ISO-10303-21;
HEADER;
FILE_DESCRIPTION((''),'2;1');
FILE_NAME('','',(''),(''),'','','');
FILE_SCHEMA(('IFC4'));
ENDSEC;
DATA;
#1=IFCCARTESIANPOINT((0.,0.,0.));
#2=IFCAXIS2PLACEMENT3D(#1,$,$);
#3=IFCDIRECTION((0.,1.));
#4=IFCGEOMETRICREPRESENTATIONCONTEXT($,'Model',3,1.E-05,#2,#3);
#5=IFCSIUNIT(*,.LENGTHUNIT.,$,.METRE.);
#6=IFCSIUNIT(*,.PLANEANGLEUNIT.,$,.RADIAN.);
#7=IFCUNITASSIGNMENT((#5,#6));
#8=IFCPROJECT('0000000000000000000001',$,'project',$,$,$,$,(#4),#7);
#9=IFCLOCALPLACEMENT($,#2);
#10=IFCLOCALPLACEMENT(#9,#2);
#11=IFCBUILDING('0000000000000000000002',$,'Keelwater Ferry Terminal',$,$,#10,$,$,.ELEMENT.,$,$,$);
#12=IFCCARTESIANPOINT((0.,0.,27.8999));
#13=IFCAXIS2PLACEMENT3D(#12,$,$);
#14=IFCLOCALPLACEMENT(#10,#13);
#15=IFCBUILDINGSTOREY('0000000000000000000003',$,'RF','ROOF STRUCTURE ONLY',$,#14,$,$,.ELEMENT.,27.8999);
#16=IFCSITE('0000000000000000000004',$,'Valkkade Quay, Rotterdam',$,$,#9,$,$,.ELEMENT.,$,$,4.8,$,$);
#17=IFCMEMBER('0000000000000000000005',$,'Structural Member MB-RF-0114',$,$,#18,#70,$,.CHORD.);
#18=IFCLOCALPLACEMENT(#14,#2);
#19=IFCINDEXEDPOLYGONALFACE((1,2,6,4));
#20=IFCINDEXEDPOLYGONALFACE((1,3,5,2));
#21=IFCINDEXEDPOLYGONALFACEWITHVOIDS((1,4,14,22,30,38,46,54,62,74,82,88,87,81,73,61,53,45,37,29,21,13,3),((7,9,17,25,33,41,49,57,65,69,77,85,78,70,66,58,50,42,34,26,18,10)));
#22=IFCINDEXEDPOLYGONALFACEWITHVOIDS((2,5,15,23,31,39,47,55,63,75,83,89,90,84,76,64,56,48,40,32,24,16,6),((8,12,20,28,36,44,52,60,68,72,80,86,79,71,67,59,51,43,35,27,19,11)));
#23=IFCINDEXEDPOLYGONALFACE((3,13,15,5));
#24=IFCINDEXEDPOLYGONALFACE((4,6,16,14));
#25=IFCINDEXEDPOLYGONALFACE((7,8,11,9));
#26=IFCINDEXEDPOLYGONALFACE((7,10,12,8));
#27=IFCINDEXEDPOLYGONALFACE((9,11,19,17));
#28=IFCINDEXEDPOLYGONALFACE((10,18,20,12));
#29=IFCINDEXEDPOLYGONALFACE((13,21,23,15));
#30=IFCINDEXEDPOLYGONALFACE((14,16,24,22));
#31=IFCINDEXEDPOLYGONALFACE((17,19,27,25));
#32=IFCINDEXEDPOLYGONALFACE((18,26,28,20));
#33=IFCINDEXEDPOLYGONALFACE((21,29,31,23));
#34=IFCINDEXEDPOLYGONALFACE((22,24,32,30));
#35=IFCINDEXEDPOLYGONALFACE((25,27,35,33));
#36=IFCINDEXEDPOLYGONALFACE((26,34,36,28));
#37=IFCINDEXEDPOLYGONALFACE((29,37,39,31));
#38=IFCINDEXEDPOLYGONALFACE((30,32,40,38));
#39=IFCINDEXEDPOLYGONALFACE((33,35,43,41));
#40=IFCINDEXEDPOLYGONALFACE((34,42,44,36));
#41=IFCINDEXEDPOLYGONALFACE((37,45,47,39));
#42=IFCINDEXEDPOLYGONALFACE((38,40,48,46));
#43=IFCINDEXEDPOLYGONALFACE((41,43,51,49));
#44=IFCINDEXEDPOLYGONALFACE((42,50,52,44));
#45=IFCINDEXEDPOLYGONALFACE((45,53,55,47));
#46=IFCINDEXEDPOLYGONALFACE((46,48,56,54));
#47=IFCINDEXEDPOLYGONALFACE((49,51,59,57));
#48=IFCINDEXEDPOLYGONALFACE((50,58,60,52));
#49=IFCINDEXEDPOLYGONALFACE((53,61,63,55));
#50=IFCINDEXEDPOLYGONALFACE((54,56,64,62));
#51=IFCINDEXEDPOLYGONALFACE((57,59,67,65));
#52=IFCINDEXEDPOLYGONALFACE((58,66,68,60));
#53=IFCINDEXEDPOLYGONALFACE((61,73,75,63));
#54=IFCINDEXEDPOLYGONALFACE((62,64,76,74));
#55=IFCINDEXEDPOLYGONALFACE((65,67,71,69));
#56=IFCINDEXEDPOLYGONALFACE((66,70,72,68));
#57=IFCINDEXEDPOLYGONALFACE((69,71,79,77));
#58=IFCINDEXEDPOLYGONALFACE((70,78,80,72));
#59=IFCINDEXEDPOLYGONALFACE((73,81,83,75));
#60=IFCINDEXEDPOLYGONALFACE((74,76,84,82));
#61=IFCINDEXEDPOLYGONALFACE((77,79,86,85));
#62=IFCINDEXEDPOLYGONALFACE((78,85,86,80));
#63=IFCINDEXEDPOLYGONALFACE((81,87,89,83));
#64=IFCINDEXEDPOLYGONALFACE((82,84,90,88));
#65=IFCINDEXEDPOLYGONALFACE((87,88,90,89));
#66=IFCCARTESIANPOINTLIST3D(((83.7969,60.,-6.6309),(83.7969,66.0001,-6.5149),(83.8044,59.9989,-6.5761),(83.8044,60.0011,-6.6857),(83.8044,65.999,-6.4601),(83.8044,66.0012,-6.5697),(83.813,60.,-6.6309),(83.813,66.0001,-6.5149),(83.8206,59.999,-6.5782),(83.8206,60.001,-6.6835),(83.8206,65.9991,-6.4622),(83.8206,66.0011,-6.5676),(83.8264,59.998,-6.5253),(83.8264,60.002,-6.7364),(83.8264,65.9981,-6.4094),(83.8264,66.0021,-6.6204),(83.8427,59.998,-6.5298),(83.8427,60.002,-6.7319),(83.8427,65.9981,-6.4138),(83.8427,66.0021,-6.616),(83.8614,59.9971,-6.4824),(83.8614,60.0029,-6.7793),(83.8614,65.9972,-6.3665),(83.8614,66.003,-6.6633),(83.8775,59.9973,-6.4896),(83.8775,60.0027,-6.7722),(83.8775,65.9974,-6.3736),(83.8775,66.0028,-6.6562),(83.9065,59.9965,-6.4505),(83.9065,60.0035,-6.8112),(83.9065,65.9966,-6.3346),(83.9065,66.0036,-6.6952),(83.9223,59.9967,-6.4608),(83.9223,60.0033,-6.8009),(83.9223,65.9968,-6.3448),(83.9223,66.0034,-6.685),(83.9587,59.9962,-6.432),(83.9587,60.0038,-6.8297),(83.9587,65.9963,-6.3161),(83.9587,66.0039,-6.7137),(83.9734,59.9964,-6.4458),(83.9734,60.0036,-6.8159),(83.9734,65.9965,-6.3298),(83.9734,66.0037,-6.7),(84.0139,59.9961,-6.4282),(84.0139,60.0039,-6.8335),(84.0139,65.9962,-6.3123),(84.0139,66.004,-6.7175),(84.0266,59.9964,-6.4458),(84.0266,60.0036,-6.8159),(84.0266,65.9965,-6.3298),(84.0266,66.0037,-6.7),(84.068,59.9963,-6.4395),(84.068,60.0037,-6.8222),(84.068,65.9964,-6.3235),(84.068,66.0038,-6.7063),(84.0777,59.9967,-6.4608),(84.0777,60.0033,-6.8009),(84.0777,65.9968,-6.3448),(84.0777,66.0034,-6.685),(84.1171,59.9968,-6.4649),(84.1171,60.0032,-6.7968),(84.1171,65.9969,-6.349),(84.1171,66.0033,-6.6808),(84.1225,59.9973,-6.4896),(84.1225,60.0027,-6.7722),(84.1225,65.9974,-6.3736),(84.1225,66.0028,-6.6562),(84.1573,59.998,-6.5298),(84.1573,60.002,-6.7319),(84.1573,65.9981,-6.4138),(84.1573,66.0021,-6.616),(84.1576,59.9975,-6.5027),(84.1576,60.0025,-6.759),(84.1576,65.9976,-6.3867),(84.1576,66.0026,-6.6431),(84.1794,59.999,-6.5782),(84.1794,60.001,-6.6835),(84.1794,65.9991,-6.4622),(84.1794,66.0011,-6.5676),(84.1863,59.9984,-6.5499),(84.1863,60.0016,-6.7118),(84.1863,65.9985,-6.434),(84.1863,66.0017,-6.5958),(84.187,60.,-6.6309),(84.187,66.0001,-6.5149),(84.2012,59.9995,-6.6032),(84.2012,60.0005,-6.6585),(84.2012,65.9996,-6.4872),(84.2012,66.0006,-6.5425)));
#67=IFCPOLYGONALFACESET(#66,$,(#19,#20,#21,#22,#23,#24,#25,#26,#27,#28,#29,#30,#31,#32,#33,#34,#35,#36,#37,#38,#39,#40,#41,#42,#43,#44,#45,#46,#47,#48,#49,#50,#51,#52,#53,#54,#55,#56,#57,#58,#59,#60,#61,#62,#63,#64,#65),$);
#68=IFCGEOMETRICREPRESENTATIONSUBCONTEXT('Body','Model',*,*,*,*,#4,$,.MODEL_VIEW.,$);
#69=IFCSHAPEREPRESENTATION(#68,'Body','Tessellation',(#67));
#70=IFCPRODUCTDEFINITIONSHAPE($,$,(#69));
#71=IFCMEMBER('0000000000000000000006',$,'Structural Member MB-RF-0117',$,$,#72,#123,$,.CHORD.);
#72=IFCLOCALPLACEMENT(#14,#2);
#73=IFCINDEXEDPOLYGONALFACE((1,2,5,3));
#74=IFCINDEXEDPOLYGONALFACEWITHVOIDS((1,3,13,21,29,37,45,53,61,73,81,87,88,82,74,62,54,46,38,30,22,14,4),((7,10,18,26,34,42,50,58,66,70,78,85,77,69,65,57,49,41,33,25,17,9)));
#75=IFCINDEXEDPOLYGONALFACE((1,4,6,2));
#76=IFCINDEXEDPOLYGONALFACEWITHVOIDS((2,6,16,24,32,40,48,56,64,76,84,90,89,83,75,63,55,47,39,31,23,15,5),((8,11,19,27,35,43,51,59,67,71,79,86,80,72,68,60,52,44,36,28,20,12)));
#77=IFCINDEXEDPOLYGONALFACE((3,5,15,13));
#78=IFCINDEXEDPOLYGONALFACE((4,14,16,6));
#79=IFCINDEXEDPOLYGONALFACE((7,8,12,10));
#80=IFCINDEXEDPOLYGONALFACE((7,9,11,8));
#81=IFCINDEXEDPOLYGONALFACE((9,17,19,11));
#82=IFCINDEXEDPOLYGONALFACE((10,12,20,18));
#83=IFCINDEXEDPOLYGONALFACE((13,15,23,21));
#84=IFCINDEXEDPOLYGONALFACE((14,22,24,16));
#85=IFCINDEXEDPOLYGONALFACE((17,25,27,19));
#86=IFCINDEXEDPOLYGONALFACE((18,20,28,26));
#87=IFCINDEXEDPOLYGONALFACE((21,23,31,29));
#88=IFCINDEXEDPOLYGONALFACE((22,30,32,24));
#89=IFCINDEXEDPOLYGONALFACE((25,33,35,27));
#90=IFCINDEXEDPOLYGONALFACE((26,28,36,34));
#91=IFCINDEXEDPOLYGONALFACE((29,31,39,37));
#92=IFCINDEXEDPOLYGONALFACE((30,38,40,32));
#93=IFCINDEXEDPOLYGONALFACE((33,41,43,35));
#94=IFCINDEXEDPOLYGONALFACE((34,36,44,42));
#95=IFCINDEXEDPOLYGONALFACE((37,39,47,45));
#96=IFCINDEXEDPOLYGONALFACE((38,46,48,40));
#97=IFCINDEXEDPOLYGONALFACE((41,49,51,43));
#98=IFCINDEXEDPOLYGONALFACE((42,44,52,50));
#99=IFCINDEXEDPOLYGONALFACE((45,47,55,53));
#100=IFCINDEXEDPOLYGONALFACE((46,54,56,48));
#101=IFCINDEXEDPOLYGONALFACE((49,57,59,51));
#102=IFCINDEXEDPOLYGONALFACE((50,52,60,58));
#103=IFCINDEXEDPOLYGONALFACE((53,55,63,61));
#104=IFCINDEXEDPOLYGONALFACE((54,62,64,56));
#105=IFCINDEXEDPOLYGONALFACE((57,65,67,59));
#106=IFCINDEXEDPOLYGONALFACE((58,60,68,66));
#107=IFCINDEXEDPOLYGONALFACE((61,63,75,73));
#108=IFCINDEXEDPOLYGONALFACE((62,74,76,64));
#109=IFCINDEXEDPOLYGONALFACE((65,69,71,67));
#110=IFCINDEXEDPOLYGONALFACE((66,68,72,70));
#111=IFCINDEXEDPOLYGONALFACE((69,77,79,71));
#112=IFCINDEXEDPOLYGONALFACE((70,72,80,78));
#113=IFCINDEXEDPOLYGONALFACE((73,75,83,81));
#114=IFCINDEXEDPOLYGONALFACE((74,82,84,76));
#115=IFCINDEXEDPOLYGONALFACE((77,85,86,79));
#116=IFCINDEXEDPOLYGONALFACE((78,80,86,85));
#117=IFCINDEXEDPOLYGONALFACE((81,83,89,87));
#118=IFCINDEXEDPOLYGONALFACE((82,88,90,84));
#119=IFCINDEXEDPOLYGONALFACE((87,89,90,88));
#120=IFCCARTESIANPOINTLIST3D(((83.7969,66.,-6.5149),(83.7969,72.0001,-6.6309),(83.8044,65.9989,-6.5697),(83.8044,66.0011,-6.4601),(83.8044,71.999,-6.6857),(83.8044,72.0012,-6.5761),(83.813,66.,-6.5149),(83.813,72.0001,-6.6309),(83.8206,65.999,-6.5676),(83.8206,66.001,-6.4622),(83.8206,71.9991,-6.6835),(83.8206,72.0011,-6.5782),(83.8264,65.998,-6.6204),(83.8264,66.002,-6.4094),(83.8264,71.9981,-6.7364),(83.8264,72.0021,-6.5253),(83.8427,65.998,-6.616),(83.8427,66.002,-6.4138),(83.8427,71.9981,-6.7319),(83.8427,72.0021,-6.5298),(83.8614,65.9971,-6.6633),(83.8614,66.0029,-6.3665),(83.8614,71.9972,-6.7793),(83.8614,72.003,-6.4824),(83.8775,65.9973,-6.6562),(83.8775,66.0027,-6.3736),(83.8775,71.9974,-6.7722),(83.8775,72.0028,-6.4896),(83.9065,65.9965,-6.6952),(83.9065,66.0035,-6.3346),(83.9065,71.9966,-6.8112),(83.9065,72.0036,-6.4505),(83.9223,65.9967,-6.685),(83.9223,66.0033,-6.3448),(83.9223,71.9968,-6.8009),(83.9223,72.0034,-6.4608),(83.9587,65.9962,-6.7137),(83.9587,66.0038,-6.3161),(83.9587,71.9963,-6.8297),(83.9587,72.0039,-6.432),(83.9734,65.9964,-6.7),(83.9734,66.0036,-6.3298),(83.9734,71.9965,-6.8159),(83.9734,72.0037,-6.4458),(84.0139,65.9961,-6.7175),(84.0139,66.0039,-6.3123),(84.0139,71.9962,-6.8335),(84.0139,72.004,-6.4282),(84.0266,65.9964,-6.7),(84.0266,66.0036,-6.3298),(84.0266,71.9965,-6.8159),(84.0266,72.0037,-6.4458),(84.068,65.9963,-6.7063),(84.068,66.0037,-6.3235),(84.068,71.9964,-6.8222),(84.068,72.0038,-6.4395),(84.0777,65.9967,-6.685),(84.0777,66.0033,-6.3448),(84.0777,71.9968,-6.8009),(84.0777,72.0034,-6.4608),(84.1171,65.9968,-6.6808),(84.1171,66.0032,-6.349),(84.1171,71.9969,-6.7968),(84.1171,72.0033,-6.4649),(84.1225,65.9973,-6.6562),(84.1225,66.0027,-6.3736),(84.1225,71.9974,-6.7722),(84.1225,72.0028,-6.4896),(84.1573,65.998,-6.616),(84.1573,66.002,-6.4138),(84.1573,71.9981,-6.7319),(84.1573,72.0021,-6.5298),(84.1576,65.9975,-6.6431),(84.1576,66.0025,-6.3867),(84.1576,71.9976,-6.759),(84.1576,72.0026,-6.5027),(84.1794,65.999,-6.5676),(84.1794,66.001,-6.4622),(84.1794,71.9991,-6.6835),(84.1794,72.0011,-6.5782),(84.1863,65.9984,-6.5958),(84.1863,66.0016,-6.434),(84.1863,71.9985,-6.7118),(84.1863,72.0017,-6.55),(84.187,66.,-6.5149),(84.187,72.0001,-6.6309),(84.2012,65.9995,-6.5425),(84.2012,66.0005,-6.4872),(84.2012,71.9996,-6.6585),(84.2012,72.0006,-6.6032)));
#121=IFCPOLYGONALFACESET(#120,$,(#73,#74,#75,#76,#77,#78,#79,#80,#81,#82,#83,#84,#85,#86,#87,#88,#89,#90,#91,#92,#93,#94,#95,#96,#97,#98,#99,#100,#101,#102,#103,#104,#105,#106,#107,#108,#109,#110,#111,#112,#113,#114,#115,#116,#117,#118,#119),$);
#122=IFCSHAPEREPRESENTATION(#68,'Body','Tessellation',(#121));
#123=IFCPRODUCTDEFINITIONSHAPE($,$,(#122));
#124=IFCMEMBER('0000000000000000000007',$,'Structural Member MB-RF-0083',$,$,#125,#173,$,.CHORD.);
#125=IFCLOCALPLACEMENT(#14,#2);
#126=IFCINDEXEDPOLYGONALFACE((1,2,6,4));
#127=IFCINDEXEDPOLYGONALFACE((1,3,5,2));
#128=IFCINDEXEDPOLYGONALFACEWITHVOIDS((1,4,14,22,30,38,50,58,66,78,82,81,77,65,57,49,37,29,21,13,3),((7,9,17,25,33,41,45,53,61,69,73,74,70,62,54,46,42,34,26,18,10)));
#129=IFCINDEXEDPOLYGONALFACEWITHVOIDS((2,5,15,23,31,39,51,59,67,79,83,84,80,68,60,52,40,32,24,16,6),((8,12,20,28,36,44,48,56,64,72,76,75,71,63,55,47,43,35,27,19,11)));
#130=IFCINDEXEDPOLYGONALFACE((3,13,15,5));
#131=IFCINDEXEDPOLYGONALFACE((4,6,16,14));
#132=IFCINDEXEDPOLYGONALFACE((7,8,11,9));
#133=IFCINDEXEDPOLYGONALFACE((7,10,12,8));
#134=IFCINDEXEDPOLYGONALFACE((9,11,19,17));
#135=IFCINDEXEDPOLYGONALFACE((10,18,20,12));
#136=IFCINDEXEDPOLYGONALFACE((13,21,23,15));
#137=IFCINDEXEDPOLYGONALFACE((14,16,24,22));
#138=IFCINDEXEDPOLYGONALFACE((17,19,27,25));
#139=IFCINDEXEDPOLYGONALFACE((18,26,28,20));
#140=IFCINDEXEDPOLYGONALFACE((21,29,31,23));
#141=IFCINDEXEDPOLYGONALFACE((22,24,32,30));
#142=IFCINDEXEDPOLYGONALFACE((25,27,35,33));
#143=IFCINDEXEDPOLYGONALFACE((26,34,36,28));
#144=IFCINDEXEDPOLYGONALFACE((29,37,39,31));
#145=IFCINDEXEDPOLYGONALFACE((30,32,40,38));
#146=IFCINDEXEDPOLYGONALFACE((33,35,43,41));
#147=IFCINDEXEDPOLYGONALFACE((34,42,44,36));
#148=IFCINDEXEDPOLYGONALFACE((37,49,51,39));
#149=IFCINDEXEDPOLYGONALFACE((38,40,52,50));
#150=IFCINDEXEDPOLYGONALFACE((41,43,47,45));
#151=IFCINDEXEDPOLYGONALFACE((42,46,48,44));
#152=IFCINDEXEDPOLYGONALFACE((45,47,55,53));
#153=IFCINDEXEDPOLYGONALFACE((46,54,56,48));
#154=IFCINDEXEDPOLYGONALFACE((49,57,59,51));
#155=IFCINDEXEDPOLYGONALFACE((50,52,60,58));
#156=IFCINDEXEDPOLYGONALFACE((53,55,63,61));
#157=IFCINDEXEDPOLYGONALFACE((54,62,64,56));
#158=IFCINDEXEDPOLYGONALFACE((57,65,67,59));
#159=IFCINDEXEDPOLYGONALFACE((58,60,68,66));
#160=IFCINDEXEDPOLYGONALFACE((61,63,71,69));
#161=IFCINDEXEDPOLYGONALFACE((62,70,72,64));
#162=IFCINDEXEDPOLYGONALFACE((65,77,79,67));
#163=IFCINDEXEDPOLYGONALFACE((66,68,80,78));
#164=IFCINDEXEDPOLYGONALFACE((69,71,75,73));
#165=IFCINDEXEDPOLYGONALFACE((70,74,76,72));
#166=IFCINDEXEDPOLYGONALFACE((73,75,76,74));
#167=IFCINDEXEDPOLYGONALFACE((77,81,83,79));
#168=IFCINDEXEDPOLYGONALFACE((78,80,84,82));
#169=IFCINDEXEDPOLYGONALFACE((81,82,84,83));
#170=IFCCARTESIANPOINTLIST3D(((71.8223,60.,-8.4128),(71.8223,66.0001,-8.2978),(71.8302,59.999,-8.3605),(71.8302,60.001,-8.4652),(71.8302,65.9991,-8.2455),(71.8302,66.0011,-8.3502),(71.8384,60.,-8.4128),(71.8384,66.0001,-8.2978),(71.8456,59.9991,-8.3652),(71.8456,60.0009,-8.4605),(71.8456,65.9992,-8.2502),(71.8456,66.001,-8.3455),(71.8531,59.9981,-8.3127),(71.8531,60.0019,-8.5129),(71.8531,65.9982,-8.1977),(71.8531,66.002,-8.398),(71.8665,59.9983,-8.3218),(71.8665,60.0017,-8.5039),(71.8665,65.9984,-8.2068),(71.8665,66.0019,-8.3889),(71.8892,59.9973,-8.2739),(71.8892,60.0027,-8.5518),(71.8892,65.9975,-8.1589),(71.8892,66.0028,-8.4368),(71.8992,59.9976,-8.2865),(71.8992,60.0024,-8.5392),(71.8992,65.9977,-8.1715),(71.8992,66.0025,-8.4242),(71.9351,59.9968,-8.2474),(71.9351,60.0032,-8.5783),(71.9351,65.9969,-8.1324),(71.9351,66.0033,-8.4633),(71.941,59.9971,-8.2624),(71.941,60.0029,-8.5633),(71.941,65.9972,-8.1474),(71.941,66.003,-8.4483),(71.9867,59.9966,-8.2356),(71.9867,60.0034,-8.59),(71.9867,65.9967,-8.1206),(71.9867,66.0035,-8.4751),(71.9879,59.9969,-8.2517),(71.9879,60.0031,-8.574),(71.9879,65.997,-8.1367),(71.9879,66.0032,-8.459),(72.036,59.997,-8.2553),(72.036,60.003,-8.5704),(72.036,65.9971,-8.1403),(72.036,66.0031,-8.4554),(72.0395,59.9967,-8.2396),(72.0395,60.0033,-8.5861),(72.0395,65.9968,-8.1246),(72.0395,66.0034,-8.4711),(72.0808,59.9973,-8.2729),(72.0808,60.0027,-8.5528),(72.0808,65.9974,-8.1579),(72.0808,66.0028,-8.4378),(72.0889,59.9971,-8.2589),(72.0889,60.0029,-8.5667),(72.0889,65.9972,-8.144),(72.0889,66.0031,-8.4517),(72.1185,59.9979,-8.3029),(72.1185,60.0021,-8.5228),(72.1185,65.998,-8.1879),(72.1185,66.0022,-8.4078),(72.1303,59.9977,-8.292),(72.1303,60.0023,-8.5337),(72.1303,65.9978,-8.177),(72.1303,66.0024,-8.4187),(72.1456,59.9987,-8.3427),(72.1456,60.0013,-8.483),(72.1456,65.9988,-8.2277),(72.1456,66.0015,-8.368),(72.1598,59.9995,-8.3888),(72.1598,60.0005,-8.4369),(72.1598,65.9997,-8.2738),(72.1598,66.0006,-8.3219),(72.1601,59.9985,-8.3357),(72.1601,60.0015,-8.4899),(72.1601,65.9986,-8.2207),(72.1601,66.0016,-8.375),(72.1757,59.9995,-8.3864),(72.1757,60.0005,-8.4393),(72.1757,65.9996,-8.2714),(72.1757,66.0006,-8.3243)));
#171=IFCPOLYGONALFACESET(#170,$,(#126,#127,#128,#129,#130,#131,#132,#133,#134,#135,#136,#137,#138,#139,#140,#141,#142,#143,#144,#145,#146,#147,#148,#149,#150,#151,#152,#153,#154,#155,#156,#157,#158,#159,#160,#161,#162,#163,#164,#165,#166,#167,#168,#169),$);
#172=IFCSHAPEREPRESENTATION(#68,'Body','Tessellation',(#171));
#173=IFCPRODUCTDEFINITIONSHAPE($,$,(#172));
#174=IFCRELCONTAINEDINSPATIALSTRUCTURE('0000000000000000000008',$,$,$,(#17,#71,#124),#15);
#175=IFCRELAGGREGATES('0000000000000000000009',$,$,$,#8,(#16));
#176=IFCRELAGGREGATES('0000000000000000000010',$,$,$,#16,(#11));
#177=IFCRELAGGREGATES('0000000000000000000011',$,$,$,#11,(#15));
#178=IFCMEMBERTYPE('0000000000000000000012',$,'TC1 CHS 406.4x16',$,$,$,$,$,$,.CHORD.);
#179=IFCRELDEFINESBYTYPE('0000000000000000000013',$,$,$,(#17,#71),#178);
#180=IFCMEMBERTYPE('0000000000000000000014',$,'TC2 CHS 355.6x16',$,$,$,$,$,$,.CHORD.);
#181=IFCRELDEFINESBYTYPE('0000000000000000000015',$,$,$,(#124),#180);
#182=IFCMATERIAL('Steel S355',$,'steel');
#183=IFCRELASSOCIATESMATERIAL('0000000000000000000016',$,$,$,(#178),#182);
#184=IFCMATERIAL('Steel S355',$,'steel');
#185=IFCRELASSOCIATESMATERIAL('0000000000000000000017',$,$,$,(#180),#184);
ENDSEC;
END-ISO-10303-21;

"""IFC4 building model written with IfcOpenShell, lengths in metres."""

from ifc_helpers import new_model, si_unit, direction, frame, origin, origin_2d, place, context, subcontext, project, spatial, hollow_circle, extrude, material, material_profile, profile_set, type_object, element, save


model = new_model("IFC4")

# Units and contexts
model_context = context("Model", 3, precision=1e-05, world=origin(), true_north=direction((0.0, 1.0)))
body_context = subcontext(model_context, "Body", "Model", "MODEL_VIEW")
ifc_project = project(units=[si_unit("LENGTHUNIT", "METRE"), si_unit("PLANEANGLEUNIT", "RADIAN")], contexts=[model_context])

# Site, building, storey
site_placement = place(None, origin())
site = spatial("IfcSite", under=ifc_project, at=site_placement, Name="Valkkade Quay, Rotterdam", CompositionType="ELEMENT", RefElevation=4.8)
building_placement = place(site_placement, origin())
building = spatial("IfcBuilding", under=site, at=building_placement, Name="Keelwater Ferry Terminal", CompositionType="ELEMENT")
storey_placement = place(building_placement, frame((0.0, 0.0, 27.8999)))
storey = spatial("IfcBuildingStorey", under=building, at=storey_placement, Name="RF", Description="ROOF STRUCTURE ONLY", CompositionType="ELEMENT", Elevation=27.8999)

# Members
ifc_material_1 = material(Name="Steel S355", Category="steel")
ifc_material_profile_1 = material_profile(ifc_material_1, hollow_circle(Radius=0.2031, WallThickness=0.0161, at=origin_2d()), Name="CHS 406.4x16")
ifc_profile_set_1 = profile_set([ifc_material_profile_1], Name="Steel S355")
member_type_1 = type_object("IfcMemberType", Name="TC1 CHS 406.4x16", PredefinedType="CHORD", material=ifc_profile_set_1)
for number, where, z_axis, x_axis, name in (
    (1, (84.0, 60.0, -6.6309), (0.0, 0.999813, 0.019324), (-1.0, 0.0, 0.0), "Structural Member MB-RF-0114"),
    (2, (84.0, 66.0, -6.5149), (0.0, 0.999813, -0.019324), (-1.0, 0.0, 0.0), "Structural Member MB-RF-0117"),
):
    element("IfcMember", number, at=place(storey_placement, frame(where, z_axis=z_axis, x_axis=x_axis)), inside=storey, type_object=member_type_1, Name=name, PredefinedType="CHORD", context=body_context, shape_type="SweptSolid", body=[
        extrude(hollow_circle(Radius=0.2031, WallThickness=0.0161, at=origin_2d()), origin(), (0.0, 0.0, 1.0), 6.0012),
    ])
ifc_material_2 = material(Name="Steel S355", Category="steel")
ifc_material_profile_2 = material_profile(ifc_material_2, hollow_circle(Radius=0.1777, WallThickness=0.0161, at=origin_2d()), Name="CHS 355.6x16")
ifc_profile_set_2 = profile_set([ifc_material_profile_2], Name="Steel S355")
member_type_2 = type_object("IfcMemberType", Name="TC2 CHS 355.6x16", PredefinedType="CHORD", material=ifc_profile_set_2)
for number, where, z_axis, x_axis, name in (
    (3, (72.0, 60.0, -8.4128), (0.0, 0.999816, 0.019162), (-1.0, 0.0, 0.0), "Structural Member MB-RF-0083"),
):
    element("IfcMember", number, at=place(storey_placement, frame(where, z_axis=z_axis, x_axis=x_axis)), inside=storey, type_object=member_type_2, Name=name, PredefinedType="CHORD", context=body_context, shape_type="SweptSolid", body=[
        extrude(hollow_circle(Radius=0.1777, WallThickness=0.0161, at=origin_2d()), origin(), (0.0, 0.0, 1.0), 6.0012),
    ])

save(model, "model.ifc")
